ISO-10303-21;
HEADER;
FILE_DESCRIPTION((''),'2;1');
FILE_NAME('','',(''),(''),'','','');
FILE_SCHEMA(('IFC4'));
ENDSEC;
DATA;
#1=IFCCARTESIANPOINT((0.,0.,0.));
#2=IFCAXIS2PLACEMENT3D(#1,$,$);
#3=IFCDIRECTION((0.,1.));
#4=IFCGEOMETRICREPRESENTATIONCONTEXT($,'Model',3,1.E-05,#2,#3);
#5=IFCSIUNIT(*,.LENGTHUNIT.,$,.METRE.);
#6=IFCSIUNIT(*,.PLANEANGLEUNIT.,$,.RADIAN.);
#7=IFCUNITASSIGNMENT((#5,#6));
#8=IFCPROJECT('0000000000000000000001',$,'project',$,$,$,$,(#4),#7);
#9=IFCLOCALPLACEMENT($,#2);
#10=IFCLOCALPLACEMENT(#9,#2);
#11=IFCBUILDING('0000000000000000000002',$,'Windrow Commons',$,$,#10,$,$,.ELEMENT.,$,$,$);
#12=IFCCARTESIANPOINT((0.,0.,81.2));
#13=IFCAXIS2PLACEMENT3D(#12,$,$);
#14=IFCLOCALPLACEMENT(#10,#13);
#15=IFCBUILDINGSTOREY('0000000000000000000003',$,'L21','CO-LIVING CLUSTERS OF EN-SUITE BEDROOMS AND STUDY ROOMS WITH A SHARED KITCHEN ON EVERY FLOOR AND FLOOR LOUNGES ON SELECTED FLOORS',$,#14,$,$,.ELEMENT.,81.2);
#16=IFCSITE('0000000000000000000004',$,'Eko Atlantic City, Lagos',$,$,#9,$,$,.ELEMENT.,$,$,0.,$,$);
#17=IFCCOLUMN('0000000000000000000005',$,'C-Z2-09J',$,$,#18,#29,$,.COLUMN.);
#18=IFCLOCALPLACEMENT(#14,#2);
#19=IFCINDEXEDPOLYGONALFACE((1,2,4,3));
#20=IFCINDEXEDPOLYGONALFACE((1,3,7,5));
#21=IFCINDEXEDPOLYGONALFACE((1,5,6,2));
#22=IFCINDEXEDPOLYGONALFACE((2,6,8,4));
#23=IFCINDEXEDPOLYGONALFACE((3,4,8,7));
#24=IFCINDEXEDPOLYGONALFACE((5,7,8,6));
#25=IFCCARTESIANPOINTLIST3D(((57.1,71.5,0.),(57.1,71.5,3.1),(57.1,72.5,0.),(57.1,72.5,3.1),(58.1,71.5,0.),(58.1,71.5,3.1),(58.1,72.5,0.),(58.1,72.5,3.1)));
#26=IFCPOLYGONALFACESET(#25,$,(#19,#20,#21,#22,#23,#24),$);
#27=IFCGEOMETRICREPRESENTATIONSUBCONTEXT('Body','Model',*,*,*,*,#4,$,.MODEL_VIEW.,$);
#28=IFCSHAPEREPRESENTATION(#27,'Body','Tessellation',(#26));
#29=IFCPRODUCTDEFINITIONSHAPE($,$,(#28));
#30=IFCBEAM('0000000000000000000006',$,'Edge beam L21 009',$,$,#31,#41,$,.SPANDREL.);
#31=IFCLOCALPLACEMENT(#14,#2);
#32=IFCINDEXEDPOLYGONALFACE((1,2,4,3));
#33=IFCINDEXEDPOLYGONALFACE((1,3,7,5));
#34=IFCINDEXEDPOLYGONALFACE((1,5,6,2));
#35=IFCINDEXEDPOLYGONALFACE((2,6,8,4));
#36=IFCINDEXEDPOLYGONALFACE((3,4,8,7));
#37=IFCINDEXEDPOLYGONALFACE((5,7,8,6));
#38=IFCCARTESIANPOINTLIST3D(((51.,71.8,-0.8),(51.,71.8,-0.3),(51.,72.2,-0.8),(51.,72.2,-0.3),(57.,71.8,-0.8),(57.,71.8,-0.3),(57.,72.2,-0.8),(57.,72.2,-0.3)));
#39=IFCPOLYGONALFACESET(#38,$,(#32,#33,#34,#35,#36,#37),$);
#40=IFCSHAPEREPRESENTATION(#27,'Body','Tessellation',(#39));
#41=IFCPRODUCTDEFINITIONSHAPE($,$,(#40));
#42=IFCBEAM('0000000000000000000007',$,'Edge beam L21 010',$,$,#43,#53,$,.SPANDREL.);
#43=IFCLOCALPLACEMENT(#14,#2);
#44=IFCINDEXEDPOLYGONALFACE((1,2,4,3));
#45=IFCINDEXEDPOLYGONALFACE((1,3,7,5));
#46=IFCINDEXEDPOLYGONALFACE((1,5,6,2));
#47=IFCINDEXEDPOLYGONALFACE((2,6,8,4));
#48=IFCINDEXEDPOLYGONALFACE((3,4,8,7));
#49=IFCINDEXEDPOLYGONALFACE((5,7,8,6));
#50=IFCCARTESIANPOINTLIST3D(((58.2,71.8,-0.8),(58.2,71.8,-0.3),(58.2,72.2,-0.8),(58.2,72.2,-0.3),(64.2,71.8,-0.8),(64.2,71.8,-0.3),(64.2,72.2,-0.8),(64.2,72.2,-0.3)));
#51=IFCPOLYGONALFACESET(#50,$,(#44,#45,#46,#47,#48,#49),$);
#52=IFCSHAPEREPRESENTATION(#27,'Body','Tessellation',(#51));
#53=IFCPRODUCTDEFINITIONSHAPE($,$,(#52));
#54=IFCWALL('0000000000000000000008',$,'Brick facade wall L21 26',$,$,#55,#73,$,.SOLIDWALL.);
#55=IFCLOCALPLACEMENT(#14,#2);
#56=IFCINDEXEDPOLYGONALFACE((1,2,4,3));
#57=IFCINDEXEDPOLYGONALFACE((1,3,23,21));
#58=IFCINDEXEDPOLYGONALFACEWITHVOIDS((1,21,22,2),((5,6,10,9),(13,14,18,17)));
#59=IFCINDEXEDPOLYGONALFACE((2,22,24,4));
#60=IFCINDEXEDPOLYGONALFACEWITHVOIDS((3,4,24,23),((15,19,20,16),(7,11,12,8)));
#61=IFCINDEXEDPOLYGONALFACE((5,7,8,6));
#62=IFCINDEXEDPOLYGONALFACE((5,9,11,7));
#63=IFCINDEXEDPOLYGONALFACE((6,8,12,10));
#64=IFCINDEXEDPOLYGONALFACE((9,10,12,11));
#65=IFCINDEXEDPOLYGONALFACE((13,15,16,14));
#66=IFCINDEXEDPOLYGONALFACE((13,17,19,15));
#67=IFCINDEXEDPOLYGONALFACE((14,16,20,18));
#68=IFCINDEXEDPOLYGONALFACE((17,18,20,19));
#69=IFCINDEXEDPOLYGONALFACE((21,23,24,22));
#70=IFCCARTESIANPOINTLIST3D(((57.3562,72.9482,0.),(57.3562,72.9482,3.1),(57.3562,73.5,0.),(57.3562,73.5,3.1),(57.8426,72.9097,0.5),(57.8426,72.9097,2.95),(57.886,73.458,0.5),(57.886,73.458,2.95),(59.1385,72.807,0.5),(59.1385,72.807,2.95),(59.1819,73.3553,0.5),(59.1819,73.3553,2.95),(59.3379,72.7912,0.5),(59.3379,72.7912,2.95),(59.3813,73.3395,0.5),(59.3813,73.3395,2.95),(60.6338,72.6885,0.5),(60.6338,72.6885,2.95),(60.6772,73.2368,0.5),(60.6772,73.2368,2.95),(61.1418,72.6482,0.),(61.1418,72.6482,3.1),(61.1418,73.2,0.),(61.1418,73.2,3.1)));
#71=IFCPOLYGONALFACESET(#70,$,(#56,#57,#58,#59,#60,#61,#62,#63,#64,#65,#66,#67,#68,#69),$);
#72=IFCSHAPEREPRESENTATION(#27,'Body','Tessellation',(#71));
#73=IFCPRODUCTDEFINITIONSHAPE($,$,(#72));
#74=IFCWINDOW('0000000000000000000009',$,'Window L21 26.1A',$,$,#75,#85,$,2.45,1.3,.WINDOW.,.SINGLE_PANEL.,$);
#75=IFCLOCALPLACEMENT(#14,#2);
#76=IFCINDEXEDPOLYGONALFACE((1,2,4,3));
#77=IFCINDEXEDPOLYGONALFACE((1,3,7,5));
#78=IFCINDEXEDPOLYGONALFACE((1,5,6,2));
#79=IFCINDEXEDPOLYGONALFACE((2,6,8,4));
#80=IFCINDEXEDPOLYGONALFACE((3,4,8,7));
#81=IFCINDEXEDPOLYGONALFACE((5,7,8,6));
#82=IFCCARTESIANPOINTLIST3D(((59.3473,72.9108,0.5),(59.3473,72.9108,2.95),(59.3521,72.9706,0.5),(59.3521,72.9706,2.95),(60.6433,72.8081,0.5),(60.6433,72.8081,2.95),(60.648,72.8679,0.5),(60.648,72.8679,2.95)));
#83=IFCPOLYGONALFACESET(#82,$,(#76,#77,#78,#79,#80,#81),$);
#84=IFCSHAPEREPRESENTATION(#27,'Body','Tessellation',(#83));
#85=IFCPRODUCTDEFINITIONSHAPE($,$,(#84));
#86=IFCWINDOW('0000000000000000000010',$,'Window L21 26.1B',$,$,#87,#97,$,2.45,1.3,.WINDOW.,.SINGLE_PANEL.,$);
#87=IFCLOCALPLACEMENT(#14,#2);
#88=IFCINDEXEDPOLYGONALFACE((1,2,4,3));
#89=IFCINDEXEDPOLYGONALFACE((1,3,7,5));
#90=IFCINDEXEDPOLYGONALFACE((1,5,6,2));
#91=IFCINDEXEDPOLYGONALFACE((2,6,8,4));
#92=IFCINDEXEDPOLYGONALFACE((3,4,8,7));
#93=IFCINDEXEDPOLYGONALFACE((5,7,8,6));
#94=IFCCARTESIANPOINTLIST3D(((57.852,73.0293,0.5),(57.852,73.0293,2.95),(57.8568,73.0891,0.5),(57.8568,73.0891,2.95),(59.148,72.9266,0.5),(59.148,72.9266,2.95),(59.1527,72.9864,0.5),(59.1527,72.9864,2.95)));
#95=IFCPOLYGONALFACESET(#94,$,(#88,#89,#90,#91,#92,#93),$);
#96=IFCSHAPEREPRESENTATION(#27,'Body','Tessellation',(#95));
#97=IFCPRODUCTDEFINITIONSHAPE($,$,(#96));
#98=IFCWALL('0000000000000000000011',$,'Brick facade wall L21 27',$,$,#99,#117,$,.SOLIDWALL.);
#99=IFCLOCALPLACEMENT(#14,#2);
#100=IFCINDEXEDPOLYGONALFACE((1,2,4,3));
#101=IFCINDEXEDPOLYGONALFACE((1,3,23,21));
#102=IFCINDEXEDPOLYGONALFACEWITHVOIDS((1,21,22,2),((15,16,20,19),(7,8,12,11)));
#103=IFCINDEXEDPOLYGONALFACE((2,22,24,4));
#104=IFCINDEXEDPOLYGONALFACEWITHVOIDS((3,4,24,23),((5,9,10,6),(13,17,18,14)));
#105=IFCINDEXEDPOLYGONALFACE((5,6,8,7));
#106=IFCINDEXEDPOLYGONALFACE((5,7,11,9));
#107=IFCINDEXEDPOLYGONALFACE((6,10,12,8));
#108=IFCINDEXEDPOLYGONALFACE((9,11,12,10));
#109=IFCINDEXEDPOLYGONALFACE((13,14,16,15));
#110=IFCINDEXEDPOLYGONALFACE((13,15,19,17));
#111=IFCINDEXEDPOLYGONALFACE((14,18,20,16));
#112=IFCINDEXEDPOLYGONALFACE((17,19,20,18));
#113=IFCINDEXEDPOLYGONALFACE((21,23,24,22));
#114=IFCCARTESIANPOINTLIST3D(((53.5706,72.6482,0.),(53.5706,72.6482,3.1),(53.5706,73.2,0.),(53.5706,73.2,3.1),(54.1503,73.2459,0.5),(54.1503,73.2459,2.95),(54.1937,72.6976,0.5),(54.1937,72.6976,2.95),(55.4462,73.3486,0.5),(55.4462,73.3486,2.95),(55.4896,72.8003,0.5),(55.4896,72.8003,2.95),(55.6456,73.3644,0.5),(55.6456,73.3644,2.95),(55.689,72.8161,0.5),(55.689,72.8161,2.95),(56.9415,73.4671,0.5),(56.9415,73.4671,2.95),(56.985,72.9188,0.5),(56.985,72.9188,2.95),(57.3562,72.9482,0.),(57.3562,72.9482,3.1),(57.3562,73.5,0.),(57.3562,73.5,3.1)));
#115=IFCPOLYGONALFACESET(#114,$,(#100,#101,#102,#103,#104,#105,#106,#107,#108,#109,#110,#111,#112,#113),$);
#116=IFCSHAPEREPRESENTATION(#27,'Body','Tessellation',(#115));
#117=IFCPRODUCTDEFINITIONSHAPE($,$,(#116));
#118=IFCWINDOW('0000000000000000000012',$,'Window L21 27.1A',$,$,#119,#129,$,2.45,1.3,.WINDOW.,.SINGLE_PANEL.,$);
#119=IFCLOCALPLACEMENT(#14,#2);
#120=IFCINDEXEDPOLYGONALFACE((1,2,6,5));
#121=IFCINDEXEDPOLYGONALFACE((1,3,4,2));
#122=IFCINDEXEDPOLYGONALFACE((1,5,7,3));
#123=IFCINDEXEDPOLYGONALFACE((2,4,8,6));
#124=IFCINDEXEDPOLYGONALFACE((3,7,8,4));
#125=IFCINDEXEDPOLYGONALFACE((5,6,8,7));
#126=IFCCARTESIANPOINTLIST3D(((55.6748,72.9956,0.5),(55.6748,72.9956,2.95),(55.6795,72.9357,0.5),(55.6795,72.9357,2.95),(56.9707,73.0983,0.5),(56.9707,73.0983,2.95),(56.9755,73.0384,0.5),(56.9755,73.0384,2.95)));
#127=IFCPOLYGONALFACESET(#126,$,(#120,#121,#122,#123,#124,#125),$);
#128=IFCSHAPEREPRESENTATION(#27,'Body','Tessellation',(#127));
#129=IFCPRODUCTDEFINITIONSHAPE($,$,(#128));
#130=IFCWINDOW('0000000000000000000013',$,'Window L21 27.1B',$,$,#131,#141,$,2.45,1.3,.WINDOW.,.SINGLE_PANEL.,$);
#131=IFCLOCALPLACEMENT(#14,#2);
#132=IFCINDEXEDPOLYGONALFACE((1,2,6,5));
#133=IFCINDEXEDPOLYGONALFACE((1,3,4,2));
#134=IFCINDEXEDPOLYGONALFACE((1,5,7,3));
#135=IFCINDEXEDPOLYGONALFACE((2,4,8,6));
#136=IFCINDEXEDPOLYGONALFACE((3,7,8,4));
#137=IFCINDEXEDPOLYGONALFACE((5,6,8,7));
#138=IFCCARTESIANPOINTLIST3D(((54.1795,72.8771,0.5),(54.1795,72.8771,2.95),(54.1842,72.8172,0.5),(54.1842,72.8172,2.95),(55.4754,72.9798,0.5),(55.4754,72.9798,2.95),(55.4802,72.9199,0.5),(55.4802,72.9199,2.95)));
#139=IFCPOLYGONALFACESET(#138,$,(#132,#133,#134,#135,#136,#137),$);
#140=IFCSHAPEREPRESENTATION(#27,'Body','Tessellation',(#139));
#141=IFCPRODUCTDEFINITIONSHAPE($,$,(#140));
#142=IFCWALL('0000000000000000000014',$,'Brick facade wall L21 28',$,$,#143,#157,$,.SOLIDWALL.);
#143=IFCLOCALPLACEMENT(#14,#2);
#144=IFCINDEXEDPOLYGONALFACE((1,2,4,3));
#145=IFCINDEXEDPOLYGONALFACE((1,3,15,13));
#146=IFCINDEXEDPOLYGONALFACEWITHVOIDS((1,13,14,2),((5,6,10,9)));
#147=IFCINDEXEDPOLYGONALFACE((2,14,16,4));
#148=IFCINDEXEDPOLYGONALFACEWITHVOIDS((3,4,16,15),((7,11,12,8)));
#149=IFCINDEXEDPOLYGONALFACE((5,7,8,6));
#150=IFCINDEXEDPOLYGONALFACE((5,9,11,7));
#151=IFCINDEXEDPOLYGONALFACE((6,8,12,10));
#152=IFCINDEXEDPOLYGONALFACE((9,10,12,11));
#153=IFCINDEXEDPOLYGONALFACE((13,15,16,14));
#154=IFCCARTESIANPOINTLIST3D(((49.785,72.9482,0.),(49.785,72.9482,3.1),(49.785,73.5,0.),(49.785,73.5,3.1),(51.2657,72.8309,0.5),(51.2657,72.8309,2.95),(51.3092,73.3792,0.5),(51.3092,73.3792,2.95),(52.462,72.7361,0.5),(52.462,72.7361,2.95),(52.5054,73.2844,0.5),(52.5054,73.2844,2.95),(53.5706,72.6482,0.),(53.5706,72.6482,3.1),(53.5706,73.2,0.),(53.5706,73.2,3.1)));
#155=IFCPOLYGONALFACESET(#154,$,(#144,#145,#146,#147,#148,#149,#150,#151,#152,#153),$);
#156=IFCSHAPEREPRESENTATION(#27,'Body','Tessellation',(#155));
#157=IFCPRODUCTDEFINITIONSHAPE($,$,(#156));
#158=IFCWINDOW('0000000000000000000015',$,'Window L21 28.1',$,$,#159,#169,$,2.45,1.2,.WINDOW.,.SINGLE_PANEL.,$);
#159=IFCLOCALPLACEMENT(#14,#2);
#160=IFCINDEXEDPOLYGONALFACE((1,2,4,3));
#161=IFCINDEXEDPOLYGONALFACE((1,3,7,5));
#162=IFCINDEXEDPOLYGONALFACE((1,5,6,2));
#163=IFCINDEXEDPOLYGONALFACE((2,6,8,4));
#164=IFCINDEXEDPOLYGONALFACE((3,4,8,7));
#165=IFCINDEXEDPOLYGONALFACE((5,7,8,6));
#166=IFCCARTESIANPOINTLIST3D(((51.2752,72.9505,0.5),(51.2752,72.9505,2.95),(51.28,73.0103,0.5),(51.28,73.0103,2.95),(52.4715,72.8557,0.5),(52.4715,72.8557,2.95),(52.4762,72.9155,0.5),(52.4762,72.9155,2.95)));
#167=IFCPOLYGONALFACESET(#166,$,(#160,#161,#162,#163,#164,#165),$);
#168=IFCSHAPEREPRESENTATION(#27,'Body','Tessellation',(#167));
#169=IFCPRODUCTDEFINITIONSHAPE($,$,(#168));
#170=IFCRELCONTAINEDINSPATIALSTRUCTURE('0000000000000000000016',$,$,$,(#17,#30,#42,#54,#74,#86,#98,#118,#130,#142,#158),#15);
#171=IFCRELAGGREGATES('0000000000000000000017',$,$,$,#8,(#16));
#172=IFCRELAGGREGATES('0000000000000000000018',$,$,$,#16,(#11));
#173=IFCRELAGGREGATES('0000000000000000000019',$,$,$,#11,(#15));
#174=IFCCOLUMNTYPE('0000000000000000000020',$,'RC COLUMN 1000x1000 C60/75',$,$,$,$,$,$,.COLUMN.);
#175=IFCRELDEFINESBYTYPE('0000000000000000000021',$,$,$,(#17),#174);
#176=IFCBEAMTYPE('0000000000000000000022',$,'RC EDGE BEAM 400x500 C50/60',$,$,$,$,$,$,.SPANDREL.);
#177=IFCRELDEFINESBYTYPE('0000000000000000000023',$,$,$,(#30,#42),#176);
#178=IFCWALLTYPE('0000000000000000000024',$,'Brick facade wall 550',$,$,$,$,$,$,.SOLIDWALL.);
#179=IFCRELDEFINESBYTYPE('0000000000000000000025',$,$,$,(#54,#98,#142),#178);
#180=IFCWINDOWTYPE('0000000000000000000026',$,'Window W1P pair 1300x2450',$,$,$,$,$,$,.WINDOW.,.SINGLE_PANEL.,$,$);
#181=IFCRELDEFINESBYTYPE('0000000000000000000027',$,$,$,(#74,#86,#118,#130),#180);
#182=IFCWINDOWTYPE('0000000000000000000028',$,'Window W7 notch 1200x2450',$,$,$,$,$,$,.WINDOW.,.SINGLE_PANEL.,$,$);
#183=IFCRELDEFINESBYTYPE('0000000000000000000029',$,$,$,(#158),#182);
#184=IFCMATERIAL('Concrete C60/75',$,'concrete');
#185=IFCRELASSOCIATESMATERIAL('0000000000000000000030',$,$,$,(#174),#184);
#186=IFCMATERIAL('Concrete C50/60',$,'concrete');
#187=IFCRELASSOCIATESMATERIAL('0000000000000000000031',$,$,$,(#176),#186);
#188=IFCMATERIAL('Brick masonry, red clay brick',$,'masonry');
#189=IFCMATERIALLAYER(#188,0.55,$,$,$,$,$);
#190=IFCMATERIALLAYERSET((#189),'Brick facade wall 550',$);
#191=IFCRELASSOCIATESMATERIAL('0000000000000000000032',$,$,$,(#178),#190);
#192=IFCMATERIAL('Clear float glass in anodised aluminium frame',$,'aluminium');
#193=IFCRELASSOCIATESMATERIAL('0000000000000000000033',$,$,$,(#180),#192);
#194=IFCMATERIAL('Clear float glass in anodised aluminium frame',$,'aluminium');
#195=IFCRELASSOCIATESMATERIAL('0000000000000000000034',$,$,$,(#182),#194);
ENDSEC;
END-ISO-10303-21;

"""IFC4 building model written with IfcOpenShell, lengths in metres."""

from ifc_helpers import new_model, si_unit, direction, frame, frame_2d, origin, origin_2d, place, context, subcontext, project, spatial, polyline, rectangle, outline, extrude, material, layer, layer_set, material_profile, profile_set, type_object, element, fill, save


model = new_model("IFC4")

# Units and contexts
model_context = context("Model", 3, precision=1e-05, world=origin(), true_north=direction((0.0, 1.0)))
body_context = subcontext(model_context, "Body", "Model", "MODEL_VIEW")
ifc_project = project(units=[si_unit("LENGTHUNIT", "METRE"), si_unit("PLANEANGLEUNIT", "RADIAN")], contexts=[model_context])

# Site, building, storey
site_placement = place(None, origin())
site = spatial("IfcSite", under=ifc_project, at=site_placement, Name="Eko Atlantic City, Lagos", CompositionType="ELEMENT", RefElevation=0.0)
building_placement = place(site_placement, origin())
building = spatial("IfcBuilding", under=site, at=building_placement, Name="Windrow Commons", CompositionType="ELEMENT")
storey_placement = place(building_placement, frame((0.0, 0.0, 81.2)))
storey = spatial("IfcBuildingStorey", under=building, at=storey_placement, Name="L21", Description="CO-LIVING CLUSTERS OF EN-SUITE BEDROOMS AND STUDY ROOMS WITH A SHARED KITCHEN ON EVERY FLOOR AND FLOOR LOUNGES ON SELECTED FLOORS", CompositionType="ELEMENT", Elevation=81.2)

# Column
ifc_material_1 = material(Name="Concrete C60/75", Category="concrete")
ifc_material_profile_1 = material_profile(ifc_material_1, rectangle(XDim=1.0, YDim=1.0, at=origin_2d()))
ifc_profile_set_1 = profile_set([ifc_material_profile_1], Name="Concrete C60/75")
column_type = type_object("IfcColumnType", Name="RC COLUMN 1000x1000 C60/75", PredefinedType="COLUMN", material=ifc_profile_set_1)
column_placement = place(storey_placement, frame((57.6, 72.0, 0.0), z_axis=(0.0, 0.0, 1.0), x_axis=(1.0, 0.0, 0.0)))
element("IfcColumn", 1, at=column_placement, inside=storey, type_object=column_type, Name="C-Z2-09J", PredefinedType="COLUMN", context=body_context, shape_type="SweptSolid", body=[
    extrude(rectangle(XDim=1.0, YDim=1.0, at=origin_2d()), origin(), (0.0, 0.0, 1.0), 3.1),
])

# Beams
ifc_material_2 = material(Name="Concrete C50/60", Category="concrete")
ifc_material_profile_2 = material_profile(ifc_material_2, rectangle(XDim=0.4, YDim=0.5, at=origin_2d()))
ifc_profile_set_2 = profile_set([ifc_material_profile_2], Name="Concrete C50/60")
beam_type = type_object("IfcBeamType", Name="RC EDGE BEAM 400x500 C50/60", PredefinedType="SPANDREL", material=ifc_profile_set_2)
for number, where, z_axis, x_axis, name in (
    (2, (51.0, 72.0, -0.55), (1.0, 0.0, 0.0), (0.0, 1.0, 0.0), "Edge beam L21 009"),
    (3, (58.2, 72.0, -0.55), (1.0, 0.0, 0.0), (0.0, 1.0, 0.0), "Edge beam L21 010"),
):
    element("IfcBeam", number, at=place(storey_placement, frame(where, z_axis=z_axis, x_axis=x_axis)), inside=storey, type_object=beam_type, Name=name, PredefinedType="SPANDREL", context=body_context, shape_type="SweptSolid", body=[
        extrude(rectangle(XDim=0.4, YDim=0.5, at=origin_2d()), origin(), (0.0, 0.0, 1.0), 6.0),
    ])

# Walls, openings, windows
ifc_material_3 = material(Name="Brick masonry, red clay brick", Category="masonry")
ifc_layer_1 = layer(ifc_material_3, 0.55)
ifc_layer_set_1 = layer_set([ifc_layer_1], Name="Brick facade wall 550")
wall_type_1 = type_object("IfcWallType", Name="Brick facade wall 550", PredefinedType="SOLIDWALL", material=ifc_layer_set_1)
wall_1_placement = place(storey_placement, frame((61.1418, 72.9241, 0.0), z_axis=(0.0, 0.0, 1.0), x_axis=(-0.996875, 0.079, 0.0)))
wall_1 = element("IfcWall", 4, at=wall_1_placement, inside=storey, type_object=wall_type_1, Name="Brick facade wall L21 26", PredefinedType="SOLIDWALL", context=body_context, shape_type="SweptSolid", body=[
    extrude(outline(polyline([(0.0218, -0.275), (3.8193, -0.275), (3.7757, 0.275), (-0.0218, 0.275), (0.0218, -0.275)])), origin(), (0.0, 0.0, 1.0), 3.1),
])
opening_1_placement = place(wall_1_placement, frame((0.4878, 0.0, 0.5)))
opening_1 = element("IfcOpeningElement", 5, at=opening_1_placement, cuts=wall_1, PredefinedType="OPENING", context=body_context, shape_type="SweptSolid", body=[
    extrude(rectangle(XDim=1.3, YDim=2.45, at=frame_2d((0.65, 1.225))), frame((0.0, 0.285, 0.0), z_axis=(0.0, -1.0, 0.0), x_axis=(1.0, 0.0, 0.0)), (0.0, 0.0, 1.0), 0.57),
])
opening_2_placement = place(wall_1_placement, frame((1.9878, 0.0, 0.5)))
opening_2 = element("IfcOpeningElement", 6, at=opening_2_placement, cuts=wall_1, PredefinedType="OPENING", context=body_context, shape_type="SweptSolid", body=[
    extrude(rectangle(XDim=1.3, YDim=2.45, at=frame_2d((0.65, 1.225))), frame((0.0, 0.285, 0.0), z_axis=(0.0, -1.0, 0.0), x_axis=(1.0, 0.0, 0.0)), (0.0, 0.0, 1.0), 0.57),
])
ifc_material_4 = material(Name="Clear float glass in anodised aluminium frame", Category="aluminium")
window_type_1 = type_object("IfcWindowType", Name="Window W1P pair 1300x2450", PartitioningType="SINGLE_PANEL", PredefinedType="WINDOW", material=ifc_material_4)
window_1_placement = place(opening_1_placement, origin())
window_1 = element("IfcWindow", 7, at=window_1_placement, inside=storey, type_object=window_type_1, Name="Window L21 26.1A", OverallHeight=2.45, OverallWidth=1.3, PartitioningType="SINGLE_PANEL", PredefinedType="WINDOW", context=body_context, shape_type="SweptSolid", body=[
    extrude(rectangle(XDim=1.3, YDim=2.45, at=frame_2d((0.65, 1.225))), frame((0.0, 0.155, 0.0), z_axis=(0.0, -1.0, 0.0), x_axis=(1.0, 0.0, 0.0)), (0.0, 0.0, 1.0), 0.06),
])
fill(opening_1, window_1)
window_2_placement = place(opening_2_placement, origin())
window_2 = element("IfcWindow", 8, at=window_2_placement, inside=storey, type_object=window_type_1, Name="Window L21 26.1B", OverallHeight=2.45, OverallWidth=1.3, PartitioningType="SINGLE_PANEL", PredefinedType="WINDOW", context=body_context, shape_type="SweptSolid", body=[
    extrude(rectangle(XDim=1.3, YDim=2.45, at=frame_2d((0.65, 1.225))), frame((0.0, 0.155, 0.0), z_axis=(0.0, -1.0, 0.0), x_axis=(1.0, 0.0, 0.0)), (0.0, 0.0, 1.0), 0.06),
])
fill(opening_2, window_2)
wall_2_placement = place(storey_placement, frame((57.3562, 73.2241, 0.0), z_axis=(0.0, 0.0, 1.0), x_axis=(-0.996875, -0.079, 0.0)))
wall_2 = element("IfcWall", 9, at=wall_2_placement, inside=storey, type_object=wall_type_1, Name="Brick facade wall L21 27", PredefinedType="SOLIDWALL", context=body_context, shape_type="SweptSolid", body=[
    extrude(outline(polyline([(-0.0218, -0.275), (3.7757, -0.275), (3.8193, 0.275), (0.0218, 0.275), (-0.0218, -0.275)])), origin(), (0.0, 0.0, 1.0), 3.1),
])
opening_3_placement = place(wall_2_placement, frame((0.3942, 0.0, 0.5)))
opening_3 = element("IfcOpeningElement", 10, at=opening_3_placement, cuts=wall_2, PredefinedType="OPENING", context=body_context, shape_type="SweptSolid", body=[
    extrude(rectangle(XDim=1.3, YDim=2.45, at=frame_2d((0.65, 1.225))), frame((0.0, 0.285, 0.0), z_axis=(0.0, -1.0, 0.0), x_axis=(1.0, 0.0, 0.0)), (0.0, 0.0, 1.0), 0.57),
])
opening_4_placement = place(wall_2_placement, frame((1.8942, 0.0, 0.5)))
opening_4 = element("IfcOpeningElement", 11, at=opening_4_placement, cuts=wall_2, PredefinedType="OPENING", context=body_context, shape_type="SweptSolid", body=[
    extrude(rectangle(XDim=1.3, YDim=2.45, at=frame_2d((0.65, 1.225))), frame((0.0, 0.285, 0.0), z_axis=(0.0, -1.0, 0.0), x_axis=(1.0, 0.0, 0.0)), (0.0, 0.0, 1.0), 0.57),
])
window_3_placement = place(opening_3_placement, origin())
window_3 = element("IfcWindow", 12, at=window_3_placement, inside=storey, type_object=window_type_1, Name="Window L21 27.1A", OverallHeight=2.45, OverallWidth=1.3, PartitioningType="SINGLE_PANEL", PredefinedType="WINDOW", context=body_context, shape_type="SweptSolid", body=[
    extrude(rectangle(XDim=1.3, YDim=2.45, at=frame_2d((0.65, 1.225))), frame((0.0, 0.155, 0.0), z_axis=(0.0, -1.0, 0.0), x_axis=(1.0, 0.0, 0.0)), (0.0, 0.0, 1.0), 0.06),
])
fill(opening_3, window_3)
window_4_placement = place(opening_4_placement, origin())
window_4 = element("IfcWindow", 13, at=window_4_placement, inside=storey, type_object=window_type_1, Name="Window L21 27.1B", OverallHeight=2.45, OverallWidth=1.3, PartitioningType="SINGLE_PANEL", PredefinedType="WINDOW", context=body_context, shape_type="SweptSolid", body=[
    extrude(rectangle(XDim=1.3, YDim=2.45, at=frame_2d((0.65, 1.225))), frame((0.0, 0.155, 0.0), z_axis=(0.0, -1.0, 0.0), x_axis=(1.0, 0.0, 0.0)), (0.0, 0.0, 1.0), 0.06),
])
fill(opening_4, window_4)

# Wall, opening, window
wall_3_placement = place(storey_placement, frame((53.5706, 72.9241, 0.0), z_axis=(0.0, 0.0, 1.0), x_axis=(-0.996875, 0.078998, 0.0)))
wall_3 = element("IfcWall", 14, at=wall_3_placement, inside=storey, type_object=wall_type_1, Name="Brick facade wall L21 28", PredefinedType="SOLIDWALL", context=body_context, shape_type="SweptSolid", body=[
    extrude(outline(polyline([(0.0218, -0.275), (3.8193, -0.275), (3.7757, 0.275), (-0.0218, 0.275), (0.0218, -0.275)])), origin(), (0.0, 0.0, 1.0), 3.1),
])
opening_5_placement = place(wall_3_placement, frame((1.0903, 0.0, 0.5)))
opening_5 = element("IfcOpeningElement", 15, at=opening_5_placement, cuts=wall_3, PredefinedType="OPENING", context=body_context, shape_type="SweptSolid", body=[
    extrude(rectangle(XDim=1.2, YDim=2.45, at=frame_2d((0.6, 1.225))), frame((0.0, 0.285, 0.0), z_axis=(0.0, -1.0, 0.0), x_axis=(1.0, 0.0, 0.0)), (0.0, 0.0, 1.0), 0.57),
])
ifc_material_5 = material(Name="Clear float glass in anodised aluminium frame", Category="aluminium")
window_type_2 = type_object("IfcWindowType", Name="Window W7 notch 1200x2450", PartitioningType="SINGLE_PANEL", PredefinedType="WINDOW", material=ifc_material_5)
window_5_placement = place(opening_5_placement, origin())
window_5 = element("IfcWindow", 16, at=window_5_placement, inside=storey, type_object=window_type_2, Name="Window L21 28.1", OverallHeight=2.45, OverallWidth=1.2, PartitioningType="SINGLE_PANEL", PredefinedType="WINDOW", context=body_context, shape_type="SweptSolid", body=[
    extrude(rectangle(XDim=1.2, YDim=2.45, at=frame_2d((0.6, 1.225))), frame((0.0, 0.155, 0.0), z_axis=(0.0, -1.0, 0.0), x_axis=(1.0, 0.0, 0.0)), (0.0, 0.0, 1.0), 0.06),
])
fill(opening_5, window_5)

save(model, "model.ifc")
